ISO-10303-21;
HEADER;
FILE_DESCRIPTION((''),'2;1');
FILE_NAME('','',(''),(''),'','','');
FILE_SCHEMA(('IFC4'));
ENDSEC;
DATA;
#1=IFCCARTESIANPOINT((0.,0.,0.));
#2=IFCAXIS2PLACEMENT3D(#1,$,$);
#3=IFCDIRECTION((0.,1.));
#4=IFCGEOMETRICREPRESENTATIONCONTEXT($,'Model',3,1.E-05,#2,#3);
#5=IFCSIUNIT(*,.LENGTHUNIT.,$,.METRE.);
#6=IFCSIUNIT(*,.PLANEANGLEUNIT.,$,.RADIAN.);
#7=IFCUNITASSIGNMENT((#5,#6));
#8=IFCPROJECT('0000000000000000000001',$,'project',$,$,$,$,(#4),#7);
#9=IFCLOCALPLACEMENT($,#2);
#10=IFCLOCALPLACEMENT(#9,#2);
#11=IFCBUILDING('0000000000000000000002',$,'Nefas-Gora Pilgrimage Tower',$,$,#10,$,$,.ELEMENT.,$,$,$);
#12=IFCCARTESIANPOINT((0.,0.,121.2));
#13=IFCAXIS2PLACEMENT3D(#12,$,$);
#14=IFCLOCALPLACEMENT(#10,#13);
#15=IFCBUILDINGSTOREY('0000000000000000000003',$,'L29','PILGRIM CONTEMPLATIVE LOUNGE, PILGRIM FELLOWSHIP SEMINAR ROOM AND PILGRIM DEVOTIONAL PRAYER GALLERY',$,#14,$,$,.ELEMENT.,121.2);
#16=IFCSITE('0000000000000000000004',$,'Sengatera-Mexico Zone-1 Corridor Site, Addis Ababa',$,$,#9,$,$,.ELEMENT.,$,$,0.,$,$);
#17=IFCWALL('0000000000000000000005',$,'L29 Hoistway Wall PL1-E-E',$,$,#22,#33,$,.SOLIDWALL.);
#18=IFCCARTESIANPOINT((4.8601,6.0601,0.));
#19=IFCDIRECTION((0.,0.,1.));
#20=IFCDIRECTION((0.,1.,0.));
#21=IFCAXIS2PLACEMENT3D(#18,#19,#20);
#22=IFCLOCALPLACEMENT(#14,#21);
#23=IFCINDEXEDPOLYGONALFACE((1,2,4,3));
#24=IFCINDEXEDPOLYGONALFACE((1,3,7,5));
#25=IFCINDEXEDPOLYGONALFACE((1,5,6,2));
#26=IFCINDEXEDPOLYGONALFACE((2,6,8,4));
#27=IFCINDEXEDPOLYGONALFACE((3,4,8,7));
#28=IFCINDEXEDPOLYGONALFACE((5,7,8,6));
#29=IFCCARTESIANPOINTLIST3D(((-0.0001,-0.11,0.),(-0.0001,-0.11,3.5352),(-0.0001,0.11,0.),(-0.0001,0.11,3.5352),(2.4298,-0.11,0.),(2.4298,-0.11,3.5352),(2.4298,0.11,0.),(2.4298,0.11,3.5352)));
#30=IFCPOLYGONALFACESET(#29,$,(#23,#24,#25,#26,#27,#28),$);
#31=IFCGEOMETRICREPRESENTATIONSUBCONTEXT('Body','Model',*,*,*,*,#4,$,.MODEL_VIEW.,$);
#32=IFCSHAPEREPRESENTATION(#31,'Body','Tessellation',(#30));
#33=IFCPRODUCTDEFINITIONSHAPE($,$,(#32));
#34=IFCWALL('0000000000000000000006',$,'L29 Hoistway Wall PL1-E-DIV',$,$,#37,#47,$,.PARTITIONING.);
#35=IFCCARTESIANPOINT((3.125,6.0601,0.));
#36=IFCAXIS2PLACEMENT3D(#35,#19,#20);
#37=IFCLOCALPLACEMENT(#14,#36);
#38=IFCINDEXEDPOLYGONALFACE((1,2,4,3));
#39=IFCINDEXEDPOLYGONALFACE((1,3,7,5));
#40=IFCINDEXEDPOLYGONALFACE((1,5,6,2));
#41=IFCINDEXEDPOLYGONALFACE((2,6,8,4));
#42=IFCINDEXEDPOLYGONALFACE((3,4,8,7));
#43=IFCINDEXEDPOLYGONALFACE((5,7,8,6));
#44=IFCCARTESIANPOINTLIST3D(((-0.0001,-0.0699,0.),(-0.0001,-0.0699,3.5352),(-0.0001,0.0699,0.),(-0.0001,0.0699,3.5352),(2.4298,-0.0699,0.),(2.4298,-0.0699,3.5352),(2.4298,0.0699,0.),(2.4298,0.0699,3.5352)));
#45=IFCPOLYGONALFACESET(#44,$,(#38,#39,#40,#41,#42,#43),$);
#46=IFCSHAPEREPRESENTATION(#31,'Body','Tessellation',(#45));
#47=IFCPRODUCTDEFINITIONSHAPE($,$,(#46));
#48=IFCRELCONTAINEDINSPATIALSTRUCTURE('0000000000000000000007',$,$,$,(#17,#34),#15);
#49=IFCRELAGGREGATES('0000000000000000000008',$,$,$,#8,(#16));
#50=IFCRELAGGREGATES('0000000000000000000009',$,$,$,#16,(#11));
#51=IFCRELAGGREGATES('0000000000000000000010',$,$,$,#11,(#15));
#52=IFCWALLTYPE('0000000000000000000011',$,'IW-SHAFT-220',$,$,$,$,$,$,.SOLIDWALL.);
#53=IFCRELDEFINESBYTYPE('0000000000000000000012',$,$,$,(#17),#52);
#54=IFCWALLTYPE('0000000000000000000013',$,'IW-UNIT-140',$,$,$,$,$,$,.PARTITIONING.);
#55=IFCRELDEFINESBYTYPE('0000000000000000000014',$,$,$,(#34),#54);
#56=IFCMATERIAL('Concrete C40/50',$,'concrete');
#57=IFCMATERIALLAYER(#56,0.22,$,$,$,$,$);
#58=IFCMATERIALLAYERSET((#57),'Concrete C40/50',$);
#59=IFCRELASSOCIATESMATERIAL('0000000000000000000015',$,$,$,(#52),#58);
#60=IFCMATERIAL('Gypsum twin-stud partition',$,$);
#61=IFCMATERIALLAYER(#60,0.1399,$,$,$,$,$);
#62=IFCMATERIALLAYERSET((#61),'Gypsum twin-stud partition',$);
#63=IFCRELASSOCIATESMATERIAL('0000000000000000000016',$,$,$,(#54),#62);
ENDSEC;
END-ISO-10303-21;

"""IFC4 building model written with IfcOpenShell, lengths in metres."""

from ifc_helpers import new_model, si_unit, direction, frame, frame_2d, origin, place, context, subcontext, project, spatial, rectangle, extrude, source, transform, mapped, material, layer, layer_set, type_object, element, save


model = new_model("IFC4")

# Units and contexts
model_context = context("Model", 3, precision=1e-05, world=origin(), true_north=direction((0.0, 1.0)))
body_context = subcontext(model_context, "Body", "Model", "MODEL_VIEW")
ifc_project = project(units=[si_unit("LENGTHUNIT", "METRE"), si_unit("PLANEANGLEUNIT", "RADIAN")], contexts=[model_context])

# Site, building, storey
site_placement = place(None, origin())
site = spatial("IfcSite", under=ifc_project, at=site_placement, Name="Sengatera-Mexico Zone-1 Corridor Site, Addis Ababa", CompositionType="ELEMENT", RefElevation=0.0)
building_placement = place(site_placement, origin())
building = spatial("IfcBuilding", under=site, at=building_placement, Name="Nefas-Gora Pilgrimage Tower", CompositionType="ELEMENT")
storey_placement = place(building_placement, frame((0.0, 0.0, 121.2)))
storey = spatial("IfcBuildingStorey", under=building, at=storey_placement, Name="L29", Description="PILGRIM CONTEMPLATIVE LOUNGE, PILGRIM FELLOWSHIP SEMINAR ROOM AND PILGRIM DEVOTIONAL PRAYER GALLERY", CompositionType="ELEMENT", Elevation=121.2)

# Shared definitions
ifc_material_1 = material(Name="Concrete C40/50", Category="concrete")
ifc_layer_1 = layer(ifc_material_1, 0.22)
ifc_layer_set_1 = layer_set([ifc_layer_1], Name="Concrete C40/50")
wall_type_1 = type_object("IfcWallType", Name="IW-SHAFT-220", PredefinedType="SOLIDWALL", material=ifc_layer_set_1)

# Walls
shared_shape_1 = source(origin(), body_context, "Body", "SweptSolid", [
    extrude(rectangle(XDim=2.4299, YDim=0.22, at=frame_2d((1.2148, 0.0))), origin(), (0.0, 0.0, 1.0), 3.5352),
])
wall_1_placement = place(storey_placement, frame((4.8601, 6.0601, 0.0), z_axis=(0.0, 0.0, 1.0), x_axis=(0.0, 1.0, 0.0)))
element("IfcWall", 1, at=wall_1_placement, inside=storey, type_object=wall_type_1, Name="L29 Hoistway Wall PL1-E-E", PredefinedType="SOLIDWALL", context=body_context, shape_type="MappedRepresentation", body=[
    mapped(shared_shape_1, transform((0.0, 0.0, 0.0), x_axis=(1.0, 0.0, 0.0), y_axis=(0.0, 1.0, 0.0), z_axis=(0.0, 0.0, 1.0), scale=1.0)),
])
ifc_material_2 = material(Name="Gypsum twin-stud partition")
ifc_layer_2 = layer(ifc_material_2, 0.1399)
ifc_layer_set_2 = layer_set([ifc_layer_2], Name="Gypsum twin-stud partition")
wall_type_2 = type_object("IfcWallType", Name="IW-UNIT-140", PredefinedType="PARTITIONING", material=ifc_layer_set_2)
shared_shape_2 = source(origin(), body_context, "Body", "SweptSolid", [
    extrude(rectangle(XDim=2.4299, YDim=0.1399, at=frame_2d((1.2148, 0.0))), origin(), (0.0, 0.0, 1.0), 3.5352),
])
wall_2_placement = place(storey_placement, frame((3.125, 6.0601, 0.0), z_axis=(0.0, 0.0, 1.0), x_axis=(0.0, 1.0, 0.0)))
element("IfcWall", 2, at=wall_2_placement, inside=storey, type_object=wall_type_2, Name="L29 Hoistway Wall PL1-E-DIV", PredefinedType="PARTITIONING", context=body_context, shape_type="MappedRepresentation", body=[
    mapped(shared_shape_2, transform((0.0, 0.0, 0.0), x_axis=(1.0, 0.0, 0.0), y_axis=(0.0, 1.0, 0.0), z_axis=(0.0, 0.0, 1.0), scale=1.0)),
])

save(model, "model.ifc")
